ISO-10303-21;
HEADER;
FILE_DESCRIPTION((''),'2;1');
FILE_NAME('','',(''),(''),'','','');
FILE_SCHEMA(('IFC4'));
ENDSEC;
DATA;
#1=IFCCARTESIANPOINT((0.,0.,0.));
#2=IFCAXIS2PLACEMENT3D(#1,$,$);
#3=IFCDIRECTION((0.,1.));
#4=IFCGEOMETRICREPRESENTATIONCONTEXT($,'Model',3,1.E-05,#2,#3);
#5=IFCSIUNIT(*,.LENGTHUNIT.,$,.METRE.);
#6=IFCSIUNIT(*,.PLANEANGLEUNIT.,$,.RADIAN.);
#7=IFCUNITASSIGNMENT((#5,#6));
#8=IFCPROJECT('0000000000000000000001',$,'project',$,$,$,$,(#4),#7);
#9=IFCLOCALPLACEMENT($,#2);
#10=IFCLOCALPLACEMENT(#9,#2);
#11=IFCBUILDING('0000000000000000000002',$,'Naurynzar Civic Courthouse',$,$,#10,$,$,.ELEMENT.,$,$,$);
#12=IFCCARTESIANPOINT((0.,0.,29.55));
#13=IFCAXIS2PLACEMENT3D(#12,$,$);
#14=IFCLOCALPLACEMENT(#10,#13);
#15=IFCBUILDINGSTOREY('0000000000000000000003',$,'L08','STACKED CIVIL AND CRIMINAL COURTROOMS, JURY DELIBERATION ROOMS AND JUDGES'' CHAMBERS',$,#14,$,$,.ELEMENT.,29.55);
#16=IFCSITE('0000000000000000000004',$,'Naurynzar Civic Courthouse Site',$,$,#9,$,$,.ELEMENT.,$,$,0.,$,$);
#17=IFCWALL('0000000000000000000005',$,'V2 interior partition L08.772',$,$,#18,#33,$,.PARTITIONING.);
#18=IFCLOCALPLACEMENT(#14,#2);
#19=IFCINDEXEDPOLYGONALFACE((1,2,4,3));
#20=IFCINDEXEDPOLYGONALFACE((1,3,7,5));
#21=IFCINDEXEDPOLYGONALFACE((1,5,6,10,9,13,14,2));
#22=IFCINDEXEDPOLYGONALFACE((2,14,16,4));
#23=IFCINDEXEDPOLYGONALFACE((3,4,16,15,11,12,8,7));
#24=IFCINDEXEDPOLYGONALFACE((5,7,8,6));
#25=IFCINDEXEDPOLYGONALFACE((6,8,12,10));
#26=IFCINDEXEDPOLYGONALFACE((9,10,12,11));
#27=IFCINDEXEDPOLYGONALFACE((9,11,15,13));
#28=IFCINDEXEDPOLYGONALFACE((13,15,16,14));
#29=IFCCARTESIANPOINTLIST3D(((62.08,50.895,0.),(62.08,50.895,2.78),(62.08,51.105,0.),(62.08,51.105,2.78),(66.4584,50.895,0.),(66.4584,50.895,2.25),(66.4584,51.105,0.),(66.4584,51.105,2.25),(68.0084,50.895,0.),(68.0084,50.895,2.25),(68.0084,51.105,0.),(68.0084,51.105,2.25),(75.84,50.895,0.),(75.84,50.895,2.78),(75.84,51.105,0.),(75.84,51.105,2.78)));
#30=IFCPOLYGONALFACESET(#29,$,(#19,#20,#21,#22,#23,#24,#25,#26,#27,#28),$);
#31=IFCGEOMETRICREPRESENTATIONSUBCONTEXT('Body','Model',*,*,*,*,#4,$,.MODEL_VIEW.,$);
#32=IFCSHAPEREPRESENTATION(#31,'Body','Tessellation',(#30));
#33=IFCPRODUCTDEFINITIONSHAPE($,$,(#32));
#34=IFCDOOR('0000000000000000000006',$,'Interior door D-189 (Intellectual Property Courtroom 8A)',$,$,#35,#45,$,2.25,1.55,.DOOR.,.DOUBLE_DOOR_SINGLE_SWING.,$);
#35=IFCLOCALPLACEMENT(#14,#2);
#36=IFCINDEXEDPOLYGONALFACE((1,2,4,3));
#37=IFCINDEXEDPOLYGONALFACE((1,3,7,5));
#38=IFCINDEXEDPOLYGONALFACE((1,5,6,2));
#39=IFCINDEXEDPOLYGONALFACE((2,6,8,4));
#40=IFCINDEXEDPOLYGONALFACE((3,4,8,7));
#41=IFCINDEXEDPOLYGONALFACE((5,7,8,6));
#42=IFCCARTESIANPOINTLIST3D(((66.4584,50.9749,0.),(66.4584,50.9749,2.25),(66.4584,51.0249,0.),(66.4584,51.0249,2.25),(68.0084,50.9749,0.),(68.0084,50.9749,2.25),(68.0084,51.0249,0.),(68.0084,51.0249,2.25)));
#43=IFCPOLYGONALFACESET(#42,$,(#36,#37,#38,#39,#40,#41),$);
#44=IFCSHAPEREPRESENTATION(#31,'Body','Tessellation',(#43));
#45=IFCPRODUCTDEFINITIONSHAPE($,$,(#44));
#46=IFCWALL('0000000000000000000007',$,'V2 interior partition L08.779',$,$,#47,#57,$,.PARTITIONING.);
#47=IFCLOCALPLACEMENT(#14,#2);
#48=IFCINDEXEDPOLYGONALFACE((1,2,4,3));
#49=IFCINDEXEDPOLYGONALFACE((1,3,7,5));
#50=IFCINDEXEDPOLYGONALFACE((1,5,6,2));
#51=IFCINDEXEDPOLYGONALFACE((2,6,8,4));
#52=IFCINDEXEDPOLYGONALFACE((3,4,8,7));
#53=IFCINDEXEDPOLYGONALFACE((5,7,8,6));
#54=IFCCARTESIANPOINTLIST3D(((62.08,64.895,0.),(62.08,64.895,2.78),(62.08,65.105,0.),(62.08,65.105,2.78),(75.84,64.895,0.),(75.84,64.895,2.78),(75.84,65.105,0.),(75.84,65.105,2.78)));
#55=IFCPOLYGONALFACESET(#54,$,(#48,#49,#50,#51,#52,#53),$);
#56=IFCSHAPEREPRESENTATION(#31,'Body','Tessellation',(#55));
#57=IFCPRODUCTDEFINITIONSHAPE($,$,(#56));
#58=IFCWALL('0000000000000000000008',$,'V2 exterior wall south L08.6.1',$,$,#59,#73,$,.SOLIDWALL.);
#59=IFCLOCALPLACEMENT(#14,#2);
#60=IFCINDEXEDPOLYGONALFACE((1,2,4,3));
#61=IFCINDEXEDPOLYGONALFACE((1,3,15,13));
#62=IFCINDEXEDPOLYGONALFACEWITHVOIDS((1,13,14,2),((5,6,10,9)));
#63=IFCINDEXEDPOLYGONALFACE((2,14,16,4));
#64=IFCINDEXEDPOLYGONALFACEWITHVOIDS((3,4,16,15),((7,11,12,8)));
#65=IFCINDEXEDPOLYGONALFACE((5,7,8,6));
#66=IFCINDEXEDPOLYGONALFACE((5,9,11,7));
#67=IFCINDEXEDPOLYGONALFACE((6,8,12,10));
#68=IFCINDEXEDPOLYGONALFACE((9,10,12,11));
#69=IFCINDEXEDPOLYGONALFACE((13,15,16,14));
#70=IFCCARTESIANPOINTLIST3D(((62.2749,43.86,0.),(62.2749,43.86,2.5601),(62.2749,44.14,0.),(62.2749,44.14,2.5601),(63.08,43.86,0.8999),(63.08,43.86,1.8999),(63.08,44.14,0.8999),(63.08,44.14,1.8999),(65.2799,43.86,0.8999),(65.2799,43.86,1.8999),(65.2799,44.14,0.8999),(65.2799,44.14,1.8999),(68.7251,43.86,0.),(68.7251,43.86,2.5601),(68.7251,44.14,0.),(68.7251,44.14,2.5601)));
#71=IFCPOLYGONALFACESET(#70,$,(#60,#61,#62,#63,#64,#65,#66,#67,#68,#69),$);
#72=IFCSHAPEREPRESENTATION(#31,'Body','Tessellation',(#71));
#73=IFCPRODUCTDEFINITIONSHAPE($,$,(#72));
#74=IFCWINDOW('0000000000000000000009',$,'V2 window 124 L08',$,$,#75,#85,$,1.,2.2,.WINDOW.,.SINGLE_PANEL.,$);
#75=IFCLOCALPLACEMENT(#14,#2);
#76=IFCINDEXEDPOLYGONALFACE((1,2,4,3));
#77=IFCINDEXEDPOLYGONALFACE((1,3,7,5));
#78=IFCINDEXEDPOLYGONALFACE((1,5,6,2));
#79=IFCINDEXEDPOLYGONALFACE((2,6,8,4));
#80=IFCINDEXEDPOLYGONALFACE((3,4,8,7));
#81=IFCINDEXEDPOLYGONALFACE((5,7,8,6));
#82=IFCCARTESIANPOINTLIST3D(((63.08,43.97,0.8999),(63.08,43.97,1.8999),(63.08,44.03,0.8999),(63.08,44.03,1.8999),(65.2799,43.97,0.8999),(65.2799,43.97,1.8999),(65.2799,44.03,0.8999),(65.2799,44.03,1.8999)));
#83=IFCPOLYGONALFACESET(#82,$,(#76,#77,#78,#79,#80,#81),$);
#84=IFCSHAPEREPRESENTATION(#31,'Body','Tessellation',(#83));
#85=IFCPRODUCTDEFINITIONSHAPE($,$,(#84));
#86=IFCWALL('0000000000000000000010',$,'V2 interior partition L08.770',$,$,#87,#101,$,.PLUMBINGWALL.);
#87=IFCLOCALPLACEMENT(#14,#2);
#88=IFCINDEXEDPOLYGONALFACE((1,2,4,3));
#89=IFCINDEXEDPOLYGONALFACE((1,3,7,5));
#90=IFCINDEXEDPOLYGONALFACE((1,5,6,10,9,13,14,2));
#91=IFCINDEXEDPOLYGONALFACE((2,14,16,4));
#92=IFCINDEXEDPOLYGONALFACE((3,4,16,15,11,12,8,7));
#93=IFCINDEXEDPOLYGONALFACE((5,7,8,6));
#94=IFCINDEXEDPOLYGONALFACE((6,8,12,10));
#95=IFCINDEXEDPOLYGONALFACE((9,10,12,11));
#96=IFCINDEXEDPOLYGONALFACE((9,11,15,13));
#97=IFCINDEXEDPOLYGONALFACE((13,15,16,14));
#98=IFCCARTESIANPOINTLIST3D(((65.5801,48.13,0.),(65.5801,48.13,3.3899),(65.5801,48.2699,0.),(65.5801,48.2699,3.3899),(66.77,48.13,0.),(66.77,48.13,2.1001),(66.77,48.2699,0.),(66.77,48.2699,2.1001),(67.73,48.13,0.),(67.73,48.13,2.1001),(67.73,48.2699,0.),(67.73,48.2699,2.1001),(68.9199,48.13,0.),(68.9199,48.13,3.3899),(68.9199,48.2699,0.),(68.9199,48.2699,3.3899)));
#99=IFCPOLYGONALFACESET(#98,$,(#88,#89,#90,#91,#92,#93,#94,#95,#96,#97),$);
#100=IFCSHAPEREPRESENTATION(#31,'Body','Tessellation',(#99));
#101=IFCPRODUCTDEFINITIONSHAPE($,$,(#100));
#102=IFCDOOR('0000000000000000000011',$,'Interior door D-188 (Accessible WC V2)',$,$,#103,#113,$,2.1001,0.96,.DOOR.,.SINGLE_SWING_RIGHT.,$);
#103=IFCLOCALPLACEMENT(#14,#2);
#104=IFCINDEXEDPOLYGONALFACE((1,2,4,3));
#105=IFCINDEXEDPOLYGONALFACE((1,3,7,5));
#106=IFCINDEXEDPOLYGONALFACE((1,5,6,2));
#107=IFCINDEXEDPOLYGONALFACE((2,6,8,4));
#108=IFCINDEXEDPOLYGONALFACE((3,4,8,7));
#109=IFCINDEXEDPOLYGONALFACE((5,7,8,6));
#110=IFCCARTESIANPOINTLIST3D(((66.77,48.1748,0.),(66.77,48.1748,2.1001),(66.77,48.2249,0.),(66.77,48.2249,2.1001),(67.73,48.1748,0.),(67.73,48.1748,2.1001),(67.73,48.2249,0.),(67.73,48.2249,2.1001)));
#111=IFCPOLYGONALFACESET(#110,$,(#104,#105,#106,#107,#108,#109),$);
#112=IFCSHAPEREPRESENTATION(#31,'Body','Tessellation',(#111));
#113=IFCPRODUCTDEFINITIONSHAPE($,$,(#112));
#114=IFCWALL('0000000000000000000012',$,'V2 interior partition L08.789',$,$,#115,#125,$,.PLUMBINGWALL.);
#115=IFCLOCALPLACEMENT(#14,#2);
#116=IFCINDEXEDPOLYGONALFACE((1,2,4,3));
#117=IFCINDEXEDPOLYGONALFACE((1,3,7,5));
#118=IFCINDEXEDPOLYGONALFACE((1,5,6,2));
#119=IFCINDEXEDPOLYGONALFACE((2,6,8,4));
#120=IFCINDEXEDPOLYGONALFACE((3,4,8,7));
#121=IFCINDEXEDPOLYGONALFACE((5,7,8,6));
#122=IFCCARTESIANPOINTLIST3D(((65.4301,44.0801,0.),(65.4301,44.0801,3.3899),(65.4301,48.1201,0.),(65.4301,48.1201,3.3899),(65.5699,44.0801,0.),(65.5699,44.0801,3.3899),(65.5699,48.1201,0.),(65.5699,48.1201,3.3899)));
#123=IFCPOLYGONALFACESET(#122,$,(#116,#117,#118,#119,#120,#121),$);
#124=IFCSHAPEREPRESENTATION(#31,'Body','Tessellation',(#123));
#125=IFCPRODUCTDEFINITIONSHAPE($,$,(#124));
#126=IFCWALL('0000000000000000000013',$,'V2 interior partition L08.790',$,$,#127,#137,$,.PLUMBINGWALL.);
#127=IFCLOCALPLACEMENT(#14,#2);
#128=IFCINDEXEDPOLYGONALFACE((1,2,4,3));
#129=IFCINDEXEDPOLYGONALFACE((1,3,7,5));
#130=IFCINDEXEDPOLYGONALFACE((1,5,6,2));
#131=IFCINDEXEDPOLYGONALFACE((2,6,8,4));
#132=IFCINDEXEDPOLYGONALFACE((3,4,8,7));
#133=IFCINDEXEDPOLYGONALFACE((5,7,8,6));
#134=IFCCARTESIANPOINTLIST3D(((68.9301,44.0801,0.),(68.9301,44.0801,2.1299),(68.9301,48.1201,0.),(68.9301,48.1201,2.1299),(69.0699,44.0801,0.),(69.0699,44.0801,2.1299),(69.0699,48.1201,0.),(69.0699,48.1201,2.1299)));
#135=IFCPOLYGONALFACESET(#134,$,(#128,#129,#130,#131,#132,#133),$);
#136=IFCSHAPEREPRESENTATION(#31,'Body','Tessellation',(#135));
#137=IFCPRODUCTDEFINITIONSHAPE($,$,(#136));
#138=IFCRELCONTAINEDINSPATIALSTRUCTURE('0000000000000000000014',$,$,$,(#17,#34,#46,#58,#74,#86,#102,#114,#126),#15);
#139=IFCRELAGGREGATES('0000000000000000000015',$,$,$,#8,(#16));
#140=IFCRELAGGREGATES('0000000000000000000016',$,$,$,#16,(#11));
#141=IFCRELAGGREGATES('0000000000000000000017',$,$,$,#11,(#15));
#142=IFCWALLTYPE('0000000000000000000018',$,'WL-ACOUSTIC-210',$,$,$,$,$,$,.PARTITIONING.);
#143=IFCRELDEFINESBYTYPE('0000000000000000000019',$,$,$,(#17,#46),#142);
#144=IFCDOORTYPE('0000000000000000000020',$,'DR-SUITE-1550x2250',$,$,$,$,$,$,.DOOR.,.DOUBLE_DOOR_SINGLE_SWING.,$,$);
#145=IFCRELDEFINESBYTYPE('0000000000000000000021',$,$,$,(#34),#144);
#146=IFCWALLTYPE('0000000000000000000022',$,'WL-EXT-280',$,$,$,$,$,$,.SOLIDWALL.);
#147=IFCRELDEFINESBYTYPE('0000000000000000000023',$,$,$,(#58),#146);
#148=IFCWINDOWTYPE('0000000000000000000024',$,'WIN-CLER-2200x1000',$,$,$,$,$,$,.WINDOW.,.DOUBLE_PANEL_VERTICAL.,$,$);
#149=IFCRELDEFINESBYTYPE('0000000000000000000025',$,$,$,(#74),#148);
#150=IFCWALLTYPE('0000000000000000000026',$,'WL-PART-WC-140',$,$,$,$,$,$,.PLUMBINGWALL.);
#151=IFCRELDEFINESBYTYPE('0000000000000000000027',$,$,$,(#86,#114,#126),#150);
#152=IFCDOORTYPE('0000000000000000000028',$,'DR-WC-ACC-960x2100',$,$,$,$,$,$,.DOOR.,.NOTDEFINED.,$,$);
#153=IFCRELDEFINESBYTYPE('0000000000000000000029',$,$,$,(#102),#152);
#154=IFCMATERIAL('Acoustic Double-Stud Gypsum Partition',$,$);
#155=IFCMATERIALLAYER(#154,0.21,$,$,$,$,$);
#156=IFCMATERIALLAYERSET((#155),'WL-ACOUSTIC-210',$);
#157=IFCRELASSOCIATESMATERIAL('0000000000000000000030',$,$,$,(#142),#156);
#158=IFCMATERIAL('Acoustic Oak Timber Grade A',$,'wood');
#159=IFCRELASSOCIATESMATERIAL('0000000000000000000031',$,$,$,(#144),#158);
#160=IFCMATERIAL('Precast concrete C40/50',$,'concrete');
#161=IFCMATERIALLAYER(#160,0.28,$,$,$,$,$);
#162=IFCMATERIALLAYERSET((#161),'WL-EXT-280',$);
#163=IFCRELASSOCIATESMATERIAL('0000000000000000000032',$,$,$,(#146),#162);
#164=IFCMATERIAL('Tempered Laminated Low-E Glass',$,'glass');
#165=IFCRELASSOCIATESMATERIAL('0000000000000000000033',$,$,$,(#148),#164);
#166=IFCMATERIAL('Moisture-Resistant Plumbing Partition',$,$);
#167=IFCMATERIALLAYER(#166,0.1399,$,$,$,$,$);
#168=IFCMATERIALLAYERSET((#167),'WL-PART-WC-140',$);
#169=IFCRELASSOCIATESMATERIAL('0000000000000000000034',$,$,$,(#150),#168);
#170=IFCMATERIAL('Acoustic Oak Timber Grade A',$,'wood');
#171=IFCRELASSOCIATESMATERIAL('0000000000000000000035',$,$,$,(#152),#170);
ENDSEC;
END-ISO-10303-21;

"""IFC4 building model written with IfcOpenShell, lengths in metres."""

from ifc_helpers import new_model, si_unit, direction, frame, frame_2d, origin, place, context, subcontext, project, spatial, rectangle, extrude, material, layer, layer_set, type_object, element, fill, save


model = new_model("IFC4")

# Units and contexts
model_context = context("Model", 3, precision=1e-05, world=origin(), true_north=direction((0.0, 1.0)))
body_context = subcontext(model_context, "Body", "Model", "MODEL_VIEW")
ifc_project = project(units=[si_unit("LENGTHUNIT", "METRE"), si_unit("PLANEANGLEUNIT", "RADIAN")], contexts=[model_context])

# Site, building, storey
site_placement = place(None, origin())
site = spatial("IfcSite", under=ifc_project, at=site_placement, Name="Naurynzar Civic Courthouse Site", CompositionType="ELEMENT", RefElevation=0.0)
building_placement = place(site_placement, origin())
building = spatial("IfcBuilding", under=site, at=building_placement, Name="Naurynzar Civic Courthouse", CompositionType="ELEMENT")
storey_placement = place(building_placement, frame((0.0, 0.0, 29.55)))
storey = spatial("IfcBuildingStorey", under=building, at=storey_placement, Name="L08", Description="STACKED CIVIL AND CRIMINAL COURTROOMS, JURY DELIBERATION ROOMS AND JUDGES' CHAMBERS", CompositionType="ELEMENT", Elevation=29.55)

# Wall, opening, door
ifc_material_1 = material(Name="Acoustic Double-Stud Gypsum Partition")
ifc_layer_1 = layer(ifc_material_1, 0.21)
ifc_layer_set_1 = layer_set([ifc_layer_1], Name="WL-ACOUSTIC-210")
wall_type_1 = type_object("IfcWallType", Name="WL-ACOUSTIC-210", PredefinedType="PARTITIONING", material=ifc_layer_set_1)
wall_1_placement = place(storey_placement, frame((62.0801, 51.0, 0.0), z_axis=(0.0, 0.0, 1.0), x_axis=(1.0, 0.0, 0.0)))
wall_1 = element("IfcWall", 1, at=wall_1_placement, inside=storey, type_object=wall_type_1, Name="V2 interior partition L08.772", PredefinedType="PARTITIONING", context=body_context, shape_type="SweptSolid", body=[
    extrude(rectangle(XDim=13.76, YDim=0.21, at=frame_2d((6.8799, 0.0))), origin(), (0.0, 0.0, 1.0), 2.78),
])
opening_1_placement = place(wall_1_placement, frame((4.3784, 0.0, 0.0)))
opening_1 = element("IfcOpeningElement", 2, at=opening_1_placement, cuts=wall_1, PredefinedType="OPENING", context=body_context, shape_type="SweptSolid", body=[
    extrude(rectangle(XDim=1.55, YDim=2.25, at=frame_2d((0.7749, 1.125))), frame((0.0, 0.115, 0.0), z_axis=(0.0, -1.0, 0.0), x_axis=(1.0, 0.0, 0.0)), (0.0, 0.0, 1.0), 0.23),
])
ifc_material_2 = material(Name="Acoustic Oak Timber Grade A", Category="wood")
door_type_1 = type_object("IfcDoorType", Name="DR-SUITE-1550x2250", OperationType="DOUBLE_DOOR_SINGLE_SWING", PredefinedType="DOOR", material=ifc_material_2)
door_1_placement = place(opening_1_placement, origin())
door_1 = element("IfcDoor", 3, at=door_1_placement, inside=storey, type_object=door_type_1, Name="Interior door D-189 (Intellectual Property Courtroom 8A)", OperationType="DOUBLE_DOOR_SINGLE_SWING", OverallHeight=2.25, OverallWidth=1.55, PredefinedType="DOOR", context=body_context, shape_type="SweptSolid", body=[
    extrude(rectangle(XDim=1.55, YDim=2.25, at=frame_2d((0.7749, 1.125))), frame((0.0, 0.0249, 0.0), z_axis=(0.0, -1.0, 0.0), x_axis=(1.0, 0.0, 0.0)), (0.0, 0.0, 1.0), 0.05),
])
fill(opening_1, door_1)

# Wall
wall_2_placement = place(storey_placement, frame((62.0801, 65.0, 0.0), z_axis=(0.0, 0.0, 1.0), x_axis=(1.0, 0.0, 0.0)))
element("IfcWall", 4, at=wall_2_placement, inside=storey, type_object=wall_type_1, Name="V2 interior partition L08.779", PredefinedType="PARTITIONING", context=body_context, shape_type="SweptSolid", body=[
    extrude(rectangle(XDim=13.76, YDim=0.21, at=frame_2d((6.8799, 0.0))), origin(), (0.0, 0.0, 1.0), 2.78),
])

# Wall, opening, window
ifc_material_3 = material(Name="Precast concrete C40/50", Category="concrete")
ifc_layer_2 = layer(ifc_material_3, 0.28)
ifc_layer_set_2 = layer_set([ifc_layer_2], Name="WL-EXT-280")
wall_type_2 = type_object("IfcWallType", Name="WL-EXT-280", PredefinedType="SOLIDWALL", material=ifc_layer_set_2)
wall_3_placement = place(storey_placement, frame((68.7251, 44.0, 0.0), z_axis=(0.0, 0.0, 1.0), x_axis=(-1.0, 0.0, 0.0)))
wall_3 = element("IfcWall", 5, at=wall_3_placement, inside=storey, type_object=wall_type_2, Name="V2 exterior wall south L08.6.1", PredefinedType="SOLIDWALL", context=body_context, shape_type="SweptSolid", body=[
    extrude(rectangle(XDim=6.4502, YDim=0.28, at=frame_2d((3.2251, 0.0))), origin(), (0.0, 0.0, 1.0), 2.5601),
])
opening_2_placement = place(wall_3_placement, frame((3.4451, 0.0, 0.8999)))
opening_2 = element("IfcOpeningElement", 6, at=opening_2_placement, cuts=wall_3, PredefinedType="OPENING", context=body_context, shape_type="SweptSolid", body=[
    extrude(rectangle(XDim=2.2, YDim=1.0, at=frame_2d((1.1001, 0.5))), frame((0.0, 0.1499, 0.0), z_axis=(0.0, -1.0, 0.0), x_axis=(1.0, 0.0, 0.0)), (0.0, 0.0, 1.0), 0.3),
])
ifc_material_4 = material(Name="Tempered Laminated Low-E Glass", Category="glass")
window_type = type_object("IfcWindowType", Name="WIN-CLER-2200x1000", PartitioningType="DOUBLE_PANEL_VERTICAL", PredefinedType="WINDOW", material=ifc_material_4)
window_placement = place(opening_2_placement, origin())
window = element("IfcWindow", 7, at=window_placement, inside=storey, type_object=window_type, Name="V2 window 124 L08", OverallHeight=1.0, OverallWidth=2.2, PartitioningType="SINGLE_PANEL", PredefinedType="WINDOW", context=body_context, shape_type="SweptSolid", body=[
    extrude(rectangle(XDim=2.2, YDim=1.0, at=frame_2d((1.1001, 0.5))), frame((0.0, 0.03, 0.0), z_axis=(0.0, -1.0, 0.0), x_axis=(1.0, 0.0, 0.0)), (0.0, 0.0, 1.0), 0.0601),
])
fill(opening_2, window)

# Wall, opening, door
ifc_material_5 = material(Name="Moisture-Resistant Plumbing Partition")
ifc_layer_3 = layer(ifc_material_5, 0.1399)
ifc_layer_set_3 = layer_set([ifc_layer_3], Name="WL-PART-WC-140")
wall_type_3 = type_object("IfcWallType", Name="WL-PART-WC-140", PredefinedType="PLUMBINGWALL", material=ifc_layer_set_3)
wall_4_placement = place(storey_placement, frame((65.5801, 48.2, 0.0), z_axis=(0.0, 0.0, 1.0), x_axis=(1.0, 0.0, 0.0)))
wall_4 = element("IfcWall", 8, at=wall_4_placement, inside=storey, type_object=wall_type_3, Name="V2 interior partition L08.770", PredefinedType="PLUMBINGWALL", context=body_context, shape_type="SweptSolid", body=[
    extrude(rectangle(XDim=3.3398, YDim=0.1399, at=frame_2d((1.6699, 0.0))), origin(), (0.0, 0.0, 1.0), 3.3899),
])
opening_3_placement = place(wall_4_placement, frame((1.1899, 0.0, 0.0)))
opening_3 = element("IfcOpeningElement", 9, at=opening_3_placement, cuts=wall_4, PredefinedType="OPENING", context=body_context, shape_type="SweptSolid", body=[
    extrude(rectangle(XDim=0.96, YDim=2.1001, at=frame_2d((0.48, 1.05))), frame((0.0, 0.0798, 0.0), z_axis=(0.0, -1.0, 0.0), x_axis=(1.0, 0.0, 0.0)), (0.0, 0.0, 1.0), 0.1599),
])
ifc_material_6 = material(Name="Acoustic Oak Timber Grade A", Category="wood")
door_type_2 = type_object("IfcDoorType", Name="DR-WC-ACC-960x2100", OperationType="NOTDEFINED", PredefinedType="DOOR", material=ifc_material_6)
door_2_placement = place(opening_3_placement, origin())
door_2 = element("IfcDoor", 10, at=door_2_placement, inside=storey, type_object=door_type_2, Name="Interior door D-188 (Accessible WC V2)", OperationType="SINGLE_SWING_RIGHT", OverallHeight=2.1001, OverallWidth=0.96, PredefinedType="DOOR", context=body_context, shape_type="SweptSolid", body=[
    extrude(rectangle(XDim=0.96, YDim=2.1001, at=frame_2d((0.48, 1.05))), frame((0.0, 0.0249, 0.0), z_axis=(0.0, -1.0, 0.0), x_axis=(1.0, 0.0, 0.0)), (0.0, 0.0, 1.0), 0.05),
])
fill(opening_3, door_2)

# Walls
wall_5_placement = place(storey_placement, frame((65.5, 44.0801, 0.0), z_axis=(0.0, 0.0, 1.0), x_axis=(0.0, 1.0, 0.0)))
element("IfcWall", 11, at=wall_5_placement, inside=storey, type_object=wall_type_3, Name="V2 interior partition L08.789", PredefinedType="PLUMBINGWALL", context=body_context, shape_type="SweptSolid", body=[
    extrude(rectangle(XDim=4.04, YDim=0.1399, at=frame_2d((2.02, 0.0))), origin(), (0.0, 0.0, 1.0), 3.3899),
])
wall_6_placement = place(storey_placement, frame((69.0, 44.0801, 0.0), z_axis=(0.0, 0.0, 1.0), x_axis=(0.0, 1.0, 0.0)))
element("IfcWall", 12, at=wall_6_placement, inside=storey, type_object=wall_type_3, Name="V2 interior partition L08.790", PredefinedType="PLUMBINGWALL", context=body_context, shape_type="SweptSolid", body=[
    extrude(rectangle(XDim=4.04, YDim=0.1399, at=frame_2d((2.02, 0.0))), origin(), (0.0, 0.0, 1.0), 2.1299),
])

save(model, "model.ifc")
